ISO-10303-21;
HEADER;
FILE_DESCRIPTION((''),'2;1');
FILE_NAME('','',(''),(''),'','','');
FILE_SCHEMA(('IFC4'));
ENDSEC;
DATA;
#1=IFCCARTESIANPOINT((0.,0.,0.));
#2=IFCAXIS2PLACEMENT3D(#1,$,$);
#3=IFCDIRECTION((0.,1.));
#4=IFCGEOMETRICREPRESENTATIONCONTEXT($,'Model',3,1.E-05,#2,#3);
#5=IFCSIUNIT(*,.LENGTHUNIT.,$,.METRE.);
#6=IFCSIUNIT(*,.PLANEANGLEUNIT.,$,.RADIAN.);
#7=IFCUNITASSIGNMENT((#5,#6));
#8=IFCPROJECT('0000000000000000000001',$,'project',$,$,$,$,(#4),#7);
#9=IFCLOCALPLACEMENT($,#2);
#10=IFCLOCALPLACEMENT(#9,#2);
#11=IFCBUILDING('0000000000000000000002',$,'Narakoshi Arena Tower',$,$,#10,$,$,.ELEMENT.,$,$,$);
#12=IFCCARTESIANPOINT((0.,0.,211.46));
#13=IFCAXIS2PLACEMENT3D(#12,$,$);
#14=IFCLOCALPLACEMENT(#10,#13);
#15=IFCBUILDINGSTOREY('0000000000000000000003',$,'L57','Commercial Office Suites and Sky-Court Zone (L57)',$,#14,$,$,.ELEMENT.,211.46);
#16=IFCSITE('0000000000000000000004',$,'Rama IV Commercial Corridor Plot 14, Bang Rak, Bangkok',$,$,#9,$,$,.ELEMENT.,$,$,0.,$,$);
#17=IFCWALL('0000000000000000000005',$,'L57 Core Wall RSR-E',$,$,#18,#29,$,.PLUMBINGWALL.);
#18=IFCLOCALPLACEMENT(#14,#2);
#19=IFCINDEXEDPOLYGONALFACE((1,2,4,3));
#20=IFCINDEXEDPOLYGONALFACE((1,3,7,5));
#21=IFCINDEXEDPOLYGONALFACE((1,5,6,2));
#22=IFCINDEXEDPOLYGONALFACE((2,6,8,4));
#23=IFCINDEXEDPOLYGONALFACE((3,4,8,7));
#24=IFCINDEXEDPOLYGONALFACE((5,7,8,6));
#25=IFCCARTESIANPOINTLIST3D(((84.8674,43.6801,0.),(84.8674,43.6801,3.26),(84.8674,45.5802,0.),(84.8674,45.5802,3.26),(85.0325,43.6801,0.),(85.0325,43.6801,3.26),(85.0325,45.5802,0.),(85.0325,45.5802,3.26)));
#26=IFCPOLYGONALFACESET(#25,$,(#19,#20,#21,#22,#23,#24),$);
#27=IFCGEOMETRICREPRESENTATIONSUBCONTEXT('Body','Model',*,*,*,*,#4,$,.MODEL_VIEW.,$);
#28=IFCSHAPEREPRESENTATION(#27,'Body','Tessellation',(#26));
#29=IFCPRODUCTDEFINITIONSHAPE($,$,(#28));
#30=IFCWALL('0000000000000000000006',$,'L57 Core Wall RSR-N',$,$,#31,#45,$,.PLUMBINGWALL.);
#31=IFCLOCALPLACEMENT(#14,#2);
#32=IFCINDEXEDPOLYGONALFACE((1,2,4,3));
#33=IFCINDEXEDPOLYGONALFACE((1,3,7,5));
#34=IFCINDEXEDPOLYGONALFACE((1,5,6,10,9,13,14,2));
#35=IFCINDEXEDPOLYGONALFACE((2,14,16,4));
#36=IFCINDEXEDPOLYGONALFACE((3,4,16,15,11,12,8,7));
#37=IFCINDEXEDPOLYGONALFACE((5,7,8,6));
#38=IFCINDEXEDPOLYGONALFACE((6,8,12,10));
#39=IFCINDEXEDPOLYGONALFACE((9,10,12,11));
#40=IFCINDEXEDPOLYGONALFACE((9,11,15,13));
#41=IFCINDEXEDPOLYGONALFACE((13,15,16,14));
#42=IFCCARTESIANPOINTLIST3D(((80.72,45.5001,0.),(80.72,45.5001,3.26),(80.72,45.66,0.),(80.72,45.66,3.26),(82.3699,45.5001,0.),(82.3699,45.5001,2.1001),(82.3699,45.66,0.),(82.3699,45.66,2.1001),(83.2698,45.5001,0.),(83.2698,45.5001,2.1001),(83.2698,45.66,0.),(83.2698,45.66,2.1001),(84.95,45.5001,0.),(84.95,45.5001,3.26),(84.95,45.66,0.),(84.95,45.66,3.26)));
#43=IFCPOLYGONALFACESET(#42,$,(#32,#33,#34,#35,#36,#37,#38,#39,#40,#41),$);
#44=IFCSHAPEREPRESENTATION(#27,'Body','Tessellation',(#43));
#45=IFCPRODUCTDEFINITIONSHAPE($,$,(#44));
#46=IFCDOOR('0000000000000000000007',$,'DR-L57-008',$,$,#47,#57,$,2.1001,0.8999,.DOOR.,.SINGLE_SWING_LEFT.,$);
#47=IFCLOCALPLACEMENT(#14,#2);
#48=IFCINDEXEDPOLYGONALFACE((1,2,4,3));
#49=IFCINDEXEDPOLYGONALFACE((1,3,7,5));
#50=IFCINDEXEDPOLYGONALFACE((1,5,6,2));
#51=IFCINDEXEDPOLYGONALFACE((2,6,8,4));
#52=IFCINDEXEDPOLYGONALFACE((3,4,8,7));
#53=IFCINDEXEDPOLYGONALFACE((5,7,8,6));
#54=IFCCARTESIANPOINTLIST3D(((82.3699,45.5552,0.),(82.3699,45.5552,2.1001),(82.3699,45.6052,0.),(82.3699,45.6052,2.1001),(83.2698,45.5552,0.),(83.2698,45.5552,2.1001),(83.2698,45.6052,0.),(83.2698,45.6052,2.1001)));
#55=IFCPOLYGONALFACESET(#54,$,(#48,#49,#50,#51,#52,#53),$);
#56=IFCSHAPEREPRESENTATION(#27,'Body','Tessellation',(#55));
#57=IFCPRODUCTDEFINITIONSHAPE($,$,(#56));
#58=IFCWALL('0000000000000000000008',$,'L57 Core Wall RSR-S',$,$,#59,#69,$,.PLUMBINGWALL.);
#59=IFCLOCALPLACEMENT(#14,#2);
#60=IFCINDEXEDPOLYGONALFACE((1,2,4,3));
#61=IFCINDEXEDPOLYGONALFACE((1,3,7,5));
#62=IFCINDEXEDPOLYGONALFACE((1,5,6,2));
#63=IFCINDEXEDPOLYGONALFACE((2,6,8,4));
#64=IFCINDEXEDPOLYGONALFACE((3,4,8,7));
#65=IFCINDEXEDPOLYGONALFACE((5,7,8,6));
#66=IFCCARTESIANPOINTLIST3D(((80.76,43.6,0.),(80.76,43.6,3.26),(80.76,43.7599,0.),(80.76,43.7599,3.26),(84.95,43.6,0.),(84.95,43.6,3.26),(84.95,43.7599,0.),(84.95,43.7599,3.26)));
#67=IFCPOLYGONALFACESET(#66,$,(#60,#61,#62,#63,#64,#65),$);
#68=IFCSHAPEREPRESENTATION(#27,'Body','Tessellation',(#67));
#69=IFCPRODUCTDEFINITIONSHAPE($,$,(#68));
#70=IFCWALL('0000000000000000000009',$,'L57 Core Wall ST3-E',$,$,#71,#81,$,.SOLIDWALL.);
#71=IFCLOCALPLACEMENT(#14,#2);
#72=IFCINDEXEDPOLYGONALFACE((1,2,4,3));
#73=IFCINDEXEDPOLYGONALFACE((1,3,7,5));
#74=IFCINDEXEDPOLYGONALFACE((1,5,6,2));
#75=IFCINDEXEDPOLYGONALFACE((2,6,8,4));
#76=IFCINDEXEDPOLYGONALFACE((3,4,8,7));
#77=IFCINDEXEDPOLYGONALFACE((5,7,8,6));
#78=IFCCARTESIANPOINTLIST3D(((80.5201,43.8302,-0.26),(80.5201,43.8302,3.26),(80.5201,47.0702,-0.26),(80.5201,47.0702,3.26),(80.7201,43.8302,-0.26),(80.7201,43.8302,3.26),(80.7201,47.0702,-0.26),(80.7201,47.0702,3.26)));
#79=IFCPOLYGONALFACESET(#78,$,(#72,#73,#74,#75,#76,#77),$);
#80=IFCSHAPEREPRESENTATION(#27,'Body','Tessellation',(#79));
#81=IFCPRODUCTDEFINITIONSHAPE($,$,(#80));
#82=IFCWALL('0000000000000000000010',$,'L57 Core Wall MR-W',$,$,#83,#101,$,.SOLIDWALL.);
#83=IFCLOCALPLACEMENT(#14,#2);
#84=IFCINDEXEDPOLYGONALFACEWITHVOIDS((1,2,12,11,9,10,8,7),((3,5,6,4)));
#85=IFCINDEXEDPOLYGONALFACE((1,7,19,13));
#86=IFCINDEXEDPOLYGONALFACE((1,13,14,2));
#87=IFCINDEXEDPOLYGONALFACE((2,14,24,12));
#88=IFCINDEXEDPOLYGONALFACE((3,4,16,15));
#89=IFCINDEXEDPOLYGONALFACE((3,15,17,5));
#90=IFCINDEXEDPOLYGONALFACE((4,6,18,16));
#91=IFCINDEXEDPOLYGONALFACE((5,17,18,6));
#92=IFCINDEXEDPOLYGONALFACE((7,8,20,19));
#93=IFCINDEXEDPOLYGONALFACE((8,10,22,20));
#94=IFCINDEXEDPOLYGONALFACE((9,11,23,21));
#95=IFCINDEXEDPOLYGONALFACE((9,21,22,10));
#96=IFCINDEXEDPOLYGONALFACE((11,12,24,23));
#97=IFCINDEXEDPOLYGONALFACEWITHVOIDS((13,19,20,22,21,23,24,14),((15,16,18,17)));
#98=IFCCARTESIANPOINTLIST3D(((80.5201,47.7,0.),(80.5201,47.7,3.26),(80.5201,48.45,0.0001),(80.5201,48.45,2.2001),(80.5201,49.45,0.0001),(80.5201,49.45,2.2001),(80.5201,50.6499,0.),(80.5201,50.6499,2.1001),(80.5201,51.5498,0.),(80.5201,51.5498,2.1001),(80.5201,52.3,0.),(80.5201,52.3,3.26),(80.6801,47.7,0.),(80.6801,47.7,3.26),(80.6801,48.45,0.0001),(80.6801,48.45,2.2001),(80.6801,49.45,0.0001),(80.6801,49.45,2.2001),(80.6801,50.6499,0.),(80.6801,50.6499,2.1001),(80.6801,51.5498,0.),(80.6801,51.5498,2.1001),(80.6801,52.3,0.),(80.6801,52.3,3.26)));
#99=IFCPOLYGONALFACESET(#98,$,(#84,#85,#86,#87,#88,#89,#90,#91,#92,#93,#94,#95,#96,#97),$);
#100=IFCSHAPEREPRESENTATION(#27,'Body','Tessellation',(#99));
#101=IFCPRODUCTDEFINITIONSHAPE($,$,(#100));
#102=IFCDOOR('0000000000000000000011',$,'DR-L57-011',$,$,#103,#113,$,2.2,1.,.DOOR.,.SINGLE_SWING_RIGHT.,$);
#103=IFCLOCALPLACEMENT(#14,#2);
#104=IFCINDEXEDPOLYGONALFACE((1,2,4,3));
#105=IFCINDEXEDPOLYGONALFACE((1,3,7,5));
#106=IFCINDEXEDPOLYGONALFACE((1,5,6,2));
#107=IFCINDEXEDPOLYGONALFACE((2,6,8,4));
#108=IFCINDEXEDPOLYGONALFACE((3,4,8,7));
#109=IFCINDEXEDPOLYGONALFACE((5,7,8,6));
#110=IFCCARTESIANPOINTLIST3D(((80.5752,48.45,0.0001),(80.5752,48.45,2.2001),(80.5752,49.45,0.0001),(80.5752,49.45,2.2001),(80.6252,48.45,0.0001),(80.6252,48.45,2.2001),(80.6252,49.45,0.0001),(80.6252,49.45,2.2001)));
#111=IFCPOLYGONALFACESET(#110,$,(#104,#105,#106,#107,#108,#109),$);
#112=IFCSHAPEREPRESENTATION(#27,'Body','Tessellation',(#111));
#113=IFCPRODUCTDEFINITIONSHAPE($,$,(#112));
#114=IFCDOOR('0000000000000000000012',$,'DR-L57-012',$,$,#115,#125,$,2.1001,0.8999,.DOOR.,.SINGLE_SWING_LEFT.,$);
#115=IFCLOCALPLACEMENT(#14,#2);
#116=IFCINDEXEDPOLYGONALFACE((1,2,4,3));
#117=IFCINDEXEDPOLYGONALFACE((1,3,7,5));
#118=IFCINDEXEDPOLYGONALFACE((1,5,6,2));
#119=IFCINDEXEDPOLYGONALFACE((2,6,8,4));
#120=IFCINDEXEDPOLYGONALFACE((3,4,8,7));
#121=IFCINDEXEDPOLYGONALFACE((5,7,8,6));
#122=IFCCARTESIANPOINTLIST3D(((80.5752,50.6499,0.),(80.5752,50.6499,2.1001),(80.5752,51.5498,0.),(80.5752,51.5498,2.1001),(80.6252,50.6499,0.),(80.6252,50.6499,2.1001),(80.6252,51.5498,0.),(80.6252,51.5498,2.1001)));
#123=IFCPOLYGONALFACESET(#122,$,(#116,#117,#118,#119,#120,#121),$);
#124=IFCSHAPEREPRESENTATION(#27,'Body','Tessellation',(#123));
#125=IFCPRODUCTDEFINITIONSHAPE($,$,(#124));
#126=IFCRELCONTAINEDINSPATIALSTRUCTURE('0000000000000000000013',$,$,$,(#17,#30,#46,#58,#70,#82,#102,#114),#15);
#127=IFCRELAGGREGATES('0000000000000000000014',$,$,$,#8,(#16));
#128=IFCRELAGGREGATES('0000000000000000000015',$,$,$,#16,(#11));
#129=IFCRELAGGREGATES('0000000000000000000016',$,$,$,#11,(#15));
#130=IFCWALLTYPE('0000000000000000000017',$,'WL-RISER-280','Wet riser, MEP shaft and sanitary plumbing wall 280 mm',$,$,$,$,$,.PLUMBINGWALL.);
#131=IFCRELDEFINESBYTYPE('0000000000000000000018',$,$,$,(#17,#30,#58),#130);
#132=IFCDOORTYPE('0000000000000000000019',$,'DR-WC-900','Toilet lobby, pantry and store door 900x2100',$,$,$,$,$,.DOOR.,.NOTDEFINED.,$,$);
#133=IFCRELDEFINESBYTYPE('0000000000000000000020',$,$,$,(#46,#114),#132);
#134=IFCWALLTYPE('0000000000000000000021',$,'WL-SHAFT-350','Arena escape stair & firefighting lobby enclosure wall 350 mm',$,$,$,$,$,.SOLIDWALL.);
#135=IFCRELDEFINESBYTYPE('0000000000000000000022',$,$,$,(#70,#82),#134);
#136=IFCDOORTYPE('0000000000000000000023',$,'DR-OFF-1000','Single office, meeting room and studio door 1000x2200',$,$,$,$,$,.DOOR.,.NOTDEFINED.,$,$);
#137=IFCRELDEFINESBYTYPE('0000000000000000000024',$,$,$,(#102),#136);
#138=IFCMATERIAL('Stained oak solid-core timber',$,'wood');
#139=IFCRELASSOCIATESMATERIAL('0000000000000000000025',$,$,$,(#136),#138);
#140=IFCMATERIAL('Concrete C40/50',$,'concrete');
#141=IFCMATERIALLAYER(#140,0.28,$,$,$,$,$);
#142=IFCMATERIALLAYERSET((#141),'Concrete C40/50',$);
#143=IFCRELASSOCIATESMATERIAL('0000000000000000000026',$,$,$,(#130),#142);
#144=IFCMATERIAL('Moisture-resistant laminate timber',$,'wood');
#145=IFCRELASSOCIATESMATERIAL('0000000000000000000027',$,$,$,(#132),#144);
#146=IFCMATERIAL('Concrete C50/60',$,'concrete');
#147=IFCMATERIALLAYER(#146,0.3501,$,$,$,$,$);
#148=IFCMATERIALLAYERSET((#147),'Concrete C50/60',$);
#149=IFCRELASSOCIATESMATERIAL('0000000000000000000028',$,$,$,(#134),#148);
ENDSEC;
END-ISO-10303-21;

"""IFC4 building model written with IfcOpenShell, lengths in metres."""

from ifc_helpers import new_model, si_unit, direction, frame, frame_2d, origin, place, context, subcontext, project, spatial, rectangle, extrude, material, layer, layer_set, type_object, element, fill, save


model = new_model("IFC4")

# Units and contexts
model_context = context("Model", 3, precision=1e-05, world=origin(), true_north=direction((0.0, 1.0)))
body_context = subcontext(model_context, "Body", "Model", "MODEL_VIEW")
ifc_project = project(units=[si_unit("LENGTHUNIT", "METRE"), si_unit("PLANEANGLEUNIT", "RADIAN")], contexts=[model_context])

# Site, building, storey
site_placement = place(None, origin())
site = spatial("IfcSite", under=ifc_project, at=site_placement, Name="Rama IV Commercial Corridor Plot 14, Bang Rak, Bangkok", CompositionType="ELEMENT", RefElevation=0.0)
building_placement = place(site_placement, origin())
building = spatial("IfcBuilding", under=site, at=building_placement, Name="Narakoshi Arena Tower", CompositionType="ELEMENT")
storey_placement = place(building_placement, frame((0.0, 0.0, 211.46)))
storey = spatial("IfcBuildingStorey", under=building, at=storey_placement, Name="L57", Description="Commercial Office Suites and Sky-Court Zone (L57)", CompositionType="ELEMENT", Elevation=211.46)

# Shared definitions
ifc_material_1 = material(Name="Concrete C50/60", Category="concrete")

# Shared definitions
ifc_material_2 = material(Name="Stained oak solid-core timber", Category="wood")
door_type_1 = type_object("IfcDoorType", Name="DR-OFF-1000", Description="Single office, meeting room and studio door 1000x2200", OperationType="NOTDEFINED", PredefinedType="DOOR", material=ifc_material_2)

# Wall
ifc_material_3 = material(Name="Concrete C40/50", Category="concrete")
ifc_layer_1 = layer(ifc_material_3, 0.28)
ifc_layer_set_1 = layer_set([ifc_layer_1], Name="Concrete C40/50")
wall_type_1 = type_object("IfcWallType", Name="WL-RISER-280", Description="Wet riser, MEP shaft and sanitary plumbing wall 280 mm", PredefinedType="PLUMBINGWALL", material=ifc_layer_set_1)
wall_1_placement = place(storey_placement, frame((84.95, 43.6799, 0.0), z_axis=(0.0, 0.0, 1.0), x_axis=(0.0, 1.0, 0.0)))
element("IfcWall", 1, at=wall_1_placement, inside=storey, type_object=wall_type_1, Name="L57 Core Wall RSR-E", PredefinedType="PLUMBINGWALL", context=body_context, shape_type="SweptSolid", body=[
    extrude(rectangle(XDim=1.9001, YDim=0.165, at=frame_2d((0.9502, 0.0))), origin(), (0.0, 0.0, 1.0), 3.26),
])

# Wall, opening, door
wall_2_placement = place(storey_placement, frame((80.72, 45.5801, 0.0), z_axis=(0.0, 0.0, 1.0), x_axis=(1.0, 0.0, 0.0)))
wall_2 = element("IfcWall", 2, at=wall_2_placement, inside=storey, type_object=wall_type_1, Name="L57 Core Wall RSR-N", PredefinedType="PLUMBINGWALL", context=body_context, shape_type="SweptSolid", body=[
    extrude(rectangle(XDim=4.23, YDim=0.1599, at=frame_2d((2.115, 0.0))), origin(), (0.0, 0.0, 1.0), 3.26),
])
opening_1_placement = place(wall_2_placement, frame((1.6499, 0.0, 0.0)))
opening_1 = element("IfcOpeningElement", 3, at=opening_1_placement, cuts=wall_2, PredefinedType="OPENING", context=body_context, shape_type="SweptSolid", body=[
    extrude(rectangle(XDim=0.8999, YDim=2.1001, at=frame_2d((0.45, 1.05))), frame((0.0, 0.0898, 0.0), z_axis=(0.0, -1.0, 0.0), x_axis=(1.0, 0.0, 0.0)), (0.0, 0.0, 1.0), 0.1799),
])
ifc_material_4 = material(Name="Moisture-resistant laminate timber", Category="wood")
door_type_2 = type_object("IfcDoorType", Name="DR-WC-900", Description="Toilet lobby, pantry and store door 900x2100", OperationType="NOTDEFINED", PredefinedType="DOOR", material=ifc_material_4)
door_1_placement = place(opening_1_placement, frame((0.8999, 0.0, 0.0), z_axis=(0.0, 0.0, 1.0), x_axis=(-1.0, 0.0, 0.0)))
door_1 = element("IfcDoor", 4, at=door_1_placement, inside=storey, type_object=door_type_2, Name="DR-L57-008", OperationType="SINGLE_SWING_LEFT", OverallHeight=2.1001, OverallWidth=0.8999, PredefinedType="DOOR", context=body_context, shape_type="SweptSolid", body=[
    extrude(rectangle(XDim=0.8999, YDim=2.1001, at=frame_2d((0.45, 1.05))), frame((0.0, 0.0249, 0.0), z_axis=(0.0, -1.0, 0.0), x_axis=(1.0, 0.0, 0.0)), (0.0, 0.0, 1.0), 0.05),
])
fill(opening_1, door_1)

# Walls
wall_3_placement = place(storey_placement, frame((80.76, 43.6799, 0.0), z_axis=(0.0, 0.0, 1.0), x_axis=(1.0, 0.0, 0.0)))
element("IfcWall", 5, at=wall_3_placement, inside=storey, type_object=wall_type_1, Name="L57 Core Wall RSR-S", PredefinedType="PLUMBINGWALL", context=body_context, shape_type="SweptSolid", body=[
    extrude(rectangle(XDim=4.1899, YDim=0.1599, at=frame_2d((2.095, 0.0))), origin(), (0.0, 0.0, 1.0), 3.26),
])
ifc_layer_2 = layer(ifc_material_1, 0.3501)
ifc_layer_set_2 = layer_set([ifc_layer_2], Name="Concrete C50/60")
wall_type_2 = type_object("IfcWallType", Name="WL-SHAFT-350", Description="Arena escape stair & firefighting lobby enclosure wall 350 mm", PredefinedType="SOLIDWALL", material=ifc_layer_set_2)
wall_4_placement = place(storey_placement, frame((80.6201, 43.8301, -0.26), z_axis=(0.0, 0.0, 1.0), x_axis=(0.0, 1.0, 0.0)))
element("IfcWall", 6, at=wall_4_placement, inside=storey, type_object=wall_type_2, Name="L57 Core Wall ST3-E", PredefinedType="SOLIDWALL", context=body_context, shape_type="SweptSolid", body=[
    extrude(rectangle(XDim=3.24, YDim=0.2, at=frame_2d((1.6201, 0.0))), origin(), (0.0, 0.0, 1.0), 3.52),
])

# Wall, openings, doors
wall_5_placement = place(storey_placement, frame((80.6001, 47.7, 0.0), z_axis=(0.0, 0.0, 1.0), x_axis=(0.0, 1.0, 0.0)))
wall_5 = element("IfcWall", 7, at=wall_5_placement, inside=storey, type_object=wall_type_2, Name="L57 Core Wall MR-W", PredefinedType="SOLIDWALL", context=body_context, shape_type="SweptSolid", body=[
    extrude(rectangle(XDim=4.6001, YDim=0.1599, at=frame_2d((2.3, 0.0))), origin(), (0.0, 0.0, 1.0), 3.26),
])
opening_2_placement = place(wall_5_placement, frame((0.75, 0.0, 0.0)))
opening_2 = element("IfcOpeningElement", 8, at=opening_2_placement, cuts=wall_5, PredefinedType="OPENING", context=body_context, shape_type="SweptSolid", body=[
    extrude(rectangle(XDim=1.0, YDim=2.2, at=frame_2d((0.5, 1.1001))), frame((0.0, 0.0898, 0.0), z_axis=(0.0, -1.0, 0.0), x_axis=(1.0, 0.0, 0.0)), (0.0, 0.0, 1.0), 0.1799),
])
opening_3_placement = place(wall_5_placement, frame((2.95, 0.0, 0.0)))
opening_3 = element("IfcOpeningElement", 9, at=opening_3_placement, cuts=wall_5, PredefinedType="OPENING", context=body_context, shape_type="SweptSolid", body=[
    extrude(rectangle(XDim=0.8999, YDim=2.1001, at=frame_2d((0.45, 1.05))), frame((0.0, 0.0898, 0.0), z_axis=(0.0, -1.0, 0.0), x_axis=(1.0, 0.0, 0.0)), (0.0, 0.0, 1.0), 0.1799),
])
door_2_placement = place(opening_2_placement, origin())
door_2 = element("IfcDoor", 10, at=door_2_placement, inside=storey, type_object=door_type_1, Name="DR-L57-011", OperationType="SINGLE_SWING_RIGHT", OverallHeight=2.2, OverallWidth=1.0, PredefinedType="DOOR", context=body_context, shape_type="SweptSolid", body=[
    extrude(rectangle(XDim=1.0, YDim=2.2, at=frame_2d((0.5, 1.1001))), frame((0.0, 0.0249, 0.0), z_axis=(0.0, -1.0, 0.0), x_axis=(1.0, 0.0, 0.0)), (0.0, 0.0, 1.0), 0.05),
])
fill(opening_2, door_2)
door_3_placement = place(opening_3_placement, origin())
door_3 = element("IfcDoor", 11, at=door_3_placement, inside=storey, type_object=door_type_2, Name="DR-L57-012", OperationType="SINGLE_SWING_LEFT", OverallHeight=2.1001, OverallWidth=0.8999, PredefinedType="DOOR", context=body_context, shape_type="SweptSolid", body=[
    extrude(rectangle(XDim=0.8999, YDim=2.1001, at=frame_2d((0.45, 1.05))), frame((0.0, 0.0249, 0.0), z_axis=(0.0, -1.0, 0.0), x_axis=(1.0, 0.0, 0.0)), (0.0, 0.0, 1.0), 0.05),
])
fill(opening_3, door_3)

save(model, "model.ifc")
